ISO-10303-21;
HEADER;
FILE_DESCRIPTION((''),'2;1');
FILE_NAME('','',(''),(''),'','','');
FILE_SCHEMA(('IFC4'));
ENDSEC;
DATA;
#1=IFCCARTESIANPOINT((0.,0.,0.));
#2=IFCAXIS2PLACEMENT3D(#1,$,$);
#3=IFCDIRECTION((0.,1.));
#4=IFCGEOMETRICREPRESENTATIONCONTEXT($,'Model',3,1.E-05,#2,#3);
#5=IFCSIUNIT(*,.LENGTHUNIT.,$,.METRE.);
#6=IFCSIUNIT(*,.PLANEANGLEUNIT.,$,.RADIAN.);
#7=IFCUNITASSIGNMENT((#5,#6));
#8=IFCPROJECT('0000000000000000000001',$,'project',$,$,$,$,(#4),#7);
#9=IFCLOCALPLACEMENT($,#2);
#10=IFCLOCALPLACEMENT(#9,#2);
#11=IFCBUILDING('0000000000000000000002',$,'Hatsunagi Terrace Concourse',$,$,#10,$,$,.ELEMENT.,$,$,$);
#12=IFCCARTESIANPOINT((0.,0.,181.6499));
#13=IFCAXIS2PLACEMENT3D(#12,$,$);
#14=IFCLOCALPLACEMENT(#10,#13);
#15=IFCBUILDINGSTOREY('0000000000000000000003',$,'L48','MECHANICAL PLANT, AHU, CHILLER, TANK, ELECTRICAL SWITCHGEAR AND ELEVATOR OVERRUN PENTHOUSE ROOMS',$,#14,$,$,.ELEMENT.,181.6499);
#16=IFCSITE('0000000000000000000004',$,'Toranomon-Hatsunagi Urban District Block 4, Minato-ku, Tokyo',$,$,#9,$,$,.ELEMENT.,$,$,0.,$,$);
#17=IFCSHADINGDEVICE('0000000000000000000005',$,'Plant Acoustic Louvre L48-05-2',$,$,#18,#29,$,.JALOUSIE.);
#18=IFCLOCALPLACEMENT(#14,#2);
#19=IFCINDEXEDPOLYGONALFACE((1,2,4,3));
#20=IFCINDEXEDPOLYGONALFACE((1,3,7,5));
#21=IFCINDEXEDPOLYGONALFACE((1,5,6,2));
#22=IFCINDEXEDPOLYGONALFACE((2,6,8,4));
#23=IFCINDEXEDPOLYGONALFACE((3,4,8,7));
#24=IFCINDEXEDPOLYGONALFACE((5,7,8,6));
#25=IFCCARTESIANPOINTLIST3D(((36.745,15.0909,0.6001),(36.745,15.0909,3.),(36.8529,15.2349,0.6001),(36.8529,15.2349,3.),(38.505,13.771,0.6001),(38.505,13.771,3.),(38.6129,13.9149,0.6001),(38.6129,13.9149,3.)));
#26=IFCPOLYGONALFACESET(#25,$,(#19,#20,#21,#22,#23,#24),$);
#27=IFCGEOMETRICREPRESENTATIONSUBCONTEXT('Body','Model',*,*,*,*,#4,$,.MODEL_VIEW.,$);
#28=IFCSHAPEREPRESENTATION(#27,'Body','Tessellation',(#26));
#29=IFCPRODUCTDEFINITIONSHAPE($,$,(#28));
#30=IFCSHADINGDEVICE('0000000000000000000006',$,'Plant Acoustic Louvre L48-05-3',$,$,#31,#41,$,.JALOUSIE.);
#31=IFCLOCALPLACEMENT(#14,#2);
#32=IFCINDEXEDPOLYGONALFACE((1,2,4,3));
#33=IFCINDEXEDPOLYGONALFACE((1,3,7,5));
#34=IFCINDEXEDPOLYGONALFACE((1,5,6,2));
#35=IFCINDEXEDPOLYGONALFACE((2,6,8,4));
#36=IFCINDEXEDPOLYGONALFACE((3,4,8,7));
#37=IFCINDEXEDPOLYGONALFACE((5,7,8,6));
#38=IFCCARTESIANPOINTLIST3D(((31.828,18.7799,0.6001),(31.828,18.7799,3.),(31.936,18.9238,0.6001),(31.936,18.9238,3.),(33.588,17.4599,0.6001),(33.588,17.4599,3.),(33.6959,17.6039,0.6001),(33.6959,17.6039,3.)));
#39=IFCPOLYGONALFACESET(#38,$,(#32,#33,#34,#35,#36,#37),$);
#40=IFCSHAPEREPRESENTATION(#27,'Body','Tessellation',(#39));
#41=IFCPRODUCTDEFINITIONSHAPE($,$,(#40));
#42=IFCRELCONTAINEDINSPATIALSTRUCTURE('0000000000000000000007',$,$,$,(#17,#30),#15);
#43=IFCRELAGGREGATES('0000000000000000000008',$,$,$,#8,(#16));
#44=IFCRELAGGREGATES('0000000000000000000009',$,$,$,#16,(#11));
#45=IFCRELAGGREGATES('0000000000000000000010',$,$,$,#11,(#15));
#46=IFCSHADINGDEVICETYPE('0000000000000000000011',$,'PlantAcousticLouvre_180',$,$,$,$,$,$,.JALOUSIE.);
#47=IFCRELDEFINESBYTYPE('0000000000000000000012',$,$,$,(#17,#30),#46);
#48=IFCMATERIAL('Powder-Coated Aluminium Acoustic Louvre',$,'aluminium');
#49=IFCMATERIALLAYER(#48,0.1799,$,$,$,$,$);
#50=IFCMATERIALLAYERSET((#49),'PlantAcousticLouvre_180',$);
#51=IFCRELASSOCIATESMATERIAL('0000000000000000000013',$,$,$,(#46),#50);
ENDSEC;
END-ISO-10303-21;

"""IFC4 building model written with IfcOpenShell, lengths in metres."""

from ifc_helpers import new_model, si_unit, direction, frame, origin, origin_2d, place, context, subcontext, project, spatial, rectangle, extrude, material, layer, layer_set, type_object, element, save


model = new_model("IFC4")

# Units and contexts
model_context = context("Model", 3, precision=1e-05, world=origin(), true_north=direction((0.0, 1.0)))
body_context = subcontext(model_context, "Body", "Model", "MODEL_VIEW")
ifc_project = project(units=[si_unit("LENGTHUNIT", "METRE"), si_unit("PLANEANGLEUNIT", "RADIAN")], contexts=[model_context])

# Site, building, storey
site_placement = place(None, origin())
site = spatial("IfcSite", under=ifc_project, at=site_placement, Name="Toranomon-Hatsunagi Urban District Block 4, Minato-ku, Tokyo", CompositionType="ELEMENT", RefElevation=0.0)
building_placement = place(site_placement, origin())
building = spatial("IfcBuilding", under=site, at=building_placement, Name="Hatsunagi Terrace Concourse", CompositionType="ELEMENT")
storey_placement = place(building_placement, frame((0.0, 0.0, 181.6499)))
storey = spatial("IfcBuildingStorey", under=building, at=storey_placement, Name="L48", Description="MECHANICAL PLANT, AHU, CHILLER, TANK, ELECTRICAL SWITCHGEAR AND ELEVATOR OVERRUN PENTHOUSE ROOMS", CompositionType="ELEMENT", Elevation=181.6499)

# Shading devices
ifc_material_1 = material(Name="Powder-Coated Aluminium Acoustic Louvre", Category="aluminium")
ifc_layer_1 = layer(ifc_material_1, 0.1799)
ifc_layer_set_1 = layer_set([ifc_layer_1], Name="PlantAcousticLouvre_180")
shading_device_type = type_object("IfcShadingDeviceType", Name="PlantAcousticLouvre_180", PredefinedType="JALOUSIE", material=ifc_layer_set_1)
for number, where, z_axis, x_axis, name in (
    (1, (37.679, 14.5029, 0.6001), (0.0, 0.0, 1.0), (-0.800005, 0.599993, 0.0), "Plant Acoustic Louvre L48-05-2"),
    (2, (32.762, 18.1919, 0.6001), (0.0, 0.0, 1.0), (-0.800005, 0.599993, 0.0), "Plant Acoustic Louvre L48-05-3"),
):
    element("IfcShadingDevice", number, at=place(storey_placement, frame(where, z_axis=z_axis, x_axis=x_axis)), inside=storey, type_object=shading_device_type, Name=name, PredefinedType="JALOUSIE", context=body_context, shape_type="SweptSolid", body=[
        extrude(rectangle(XDim=2.2, YDim=0.1799, at=origin_2d()), origin(), (0.0, 0.0, 1.0), 2.3999),
    ])

save(model, "model.ifc")
